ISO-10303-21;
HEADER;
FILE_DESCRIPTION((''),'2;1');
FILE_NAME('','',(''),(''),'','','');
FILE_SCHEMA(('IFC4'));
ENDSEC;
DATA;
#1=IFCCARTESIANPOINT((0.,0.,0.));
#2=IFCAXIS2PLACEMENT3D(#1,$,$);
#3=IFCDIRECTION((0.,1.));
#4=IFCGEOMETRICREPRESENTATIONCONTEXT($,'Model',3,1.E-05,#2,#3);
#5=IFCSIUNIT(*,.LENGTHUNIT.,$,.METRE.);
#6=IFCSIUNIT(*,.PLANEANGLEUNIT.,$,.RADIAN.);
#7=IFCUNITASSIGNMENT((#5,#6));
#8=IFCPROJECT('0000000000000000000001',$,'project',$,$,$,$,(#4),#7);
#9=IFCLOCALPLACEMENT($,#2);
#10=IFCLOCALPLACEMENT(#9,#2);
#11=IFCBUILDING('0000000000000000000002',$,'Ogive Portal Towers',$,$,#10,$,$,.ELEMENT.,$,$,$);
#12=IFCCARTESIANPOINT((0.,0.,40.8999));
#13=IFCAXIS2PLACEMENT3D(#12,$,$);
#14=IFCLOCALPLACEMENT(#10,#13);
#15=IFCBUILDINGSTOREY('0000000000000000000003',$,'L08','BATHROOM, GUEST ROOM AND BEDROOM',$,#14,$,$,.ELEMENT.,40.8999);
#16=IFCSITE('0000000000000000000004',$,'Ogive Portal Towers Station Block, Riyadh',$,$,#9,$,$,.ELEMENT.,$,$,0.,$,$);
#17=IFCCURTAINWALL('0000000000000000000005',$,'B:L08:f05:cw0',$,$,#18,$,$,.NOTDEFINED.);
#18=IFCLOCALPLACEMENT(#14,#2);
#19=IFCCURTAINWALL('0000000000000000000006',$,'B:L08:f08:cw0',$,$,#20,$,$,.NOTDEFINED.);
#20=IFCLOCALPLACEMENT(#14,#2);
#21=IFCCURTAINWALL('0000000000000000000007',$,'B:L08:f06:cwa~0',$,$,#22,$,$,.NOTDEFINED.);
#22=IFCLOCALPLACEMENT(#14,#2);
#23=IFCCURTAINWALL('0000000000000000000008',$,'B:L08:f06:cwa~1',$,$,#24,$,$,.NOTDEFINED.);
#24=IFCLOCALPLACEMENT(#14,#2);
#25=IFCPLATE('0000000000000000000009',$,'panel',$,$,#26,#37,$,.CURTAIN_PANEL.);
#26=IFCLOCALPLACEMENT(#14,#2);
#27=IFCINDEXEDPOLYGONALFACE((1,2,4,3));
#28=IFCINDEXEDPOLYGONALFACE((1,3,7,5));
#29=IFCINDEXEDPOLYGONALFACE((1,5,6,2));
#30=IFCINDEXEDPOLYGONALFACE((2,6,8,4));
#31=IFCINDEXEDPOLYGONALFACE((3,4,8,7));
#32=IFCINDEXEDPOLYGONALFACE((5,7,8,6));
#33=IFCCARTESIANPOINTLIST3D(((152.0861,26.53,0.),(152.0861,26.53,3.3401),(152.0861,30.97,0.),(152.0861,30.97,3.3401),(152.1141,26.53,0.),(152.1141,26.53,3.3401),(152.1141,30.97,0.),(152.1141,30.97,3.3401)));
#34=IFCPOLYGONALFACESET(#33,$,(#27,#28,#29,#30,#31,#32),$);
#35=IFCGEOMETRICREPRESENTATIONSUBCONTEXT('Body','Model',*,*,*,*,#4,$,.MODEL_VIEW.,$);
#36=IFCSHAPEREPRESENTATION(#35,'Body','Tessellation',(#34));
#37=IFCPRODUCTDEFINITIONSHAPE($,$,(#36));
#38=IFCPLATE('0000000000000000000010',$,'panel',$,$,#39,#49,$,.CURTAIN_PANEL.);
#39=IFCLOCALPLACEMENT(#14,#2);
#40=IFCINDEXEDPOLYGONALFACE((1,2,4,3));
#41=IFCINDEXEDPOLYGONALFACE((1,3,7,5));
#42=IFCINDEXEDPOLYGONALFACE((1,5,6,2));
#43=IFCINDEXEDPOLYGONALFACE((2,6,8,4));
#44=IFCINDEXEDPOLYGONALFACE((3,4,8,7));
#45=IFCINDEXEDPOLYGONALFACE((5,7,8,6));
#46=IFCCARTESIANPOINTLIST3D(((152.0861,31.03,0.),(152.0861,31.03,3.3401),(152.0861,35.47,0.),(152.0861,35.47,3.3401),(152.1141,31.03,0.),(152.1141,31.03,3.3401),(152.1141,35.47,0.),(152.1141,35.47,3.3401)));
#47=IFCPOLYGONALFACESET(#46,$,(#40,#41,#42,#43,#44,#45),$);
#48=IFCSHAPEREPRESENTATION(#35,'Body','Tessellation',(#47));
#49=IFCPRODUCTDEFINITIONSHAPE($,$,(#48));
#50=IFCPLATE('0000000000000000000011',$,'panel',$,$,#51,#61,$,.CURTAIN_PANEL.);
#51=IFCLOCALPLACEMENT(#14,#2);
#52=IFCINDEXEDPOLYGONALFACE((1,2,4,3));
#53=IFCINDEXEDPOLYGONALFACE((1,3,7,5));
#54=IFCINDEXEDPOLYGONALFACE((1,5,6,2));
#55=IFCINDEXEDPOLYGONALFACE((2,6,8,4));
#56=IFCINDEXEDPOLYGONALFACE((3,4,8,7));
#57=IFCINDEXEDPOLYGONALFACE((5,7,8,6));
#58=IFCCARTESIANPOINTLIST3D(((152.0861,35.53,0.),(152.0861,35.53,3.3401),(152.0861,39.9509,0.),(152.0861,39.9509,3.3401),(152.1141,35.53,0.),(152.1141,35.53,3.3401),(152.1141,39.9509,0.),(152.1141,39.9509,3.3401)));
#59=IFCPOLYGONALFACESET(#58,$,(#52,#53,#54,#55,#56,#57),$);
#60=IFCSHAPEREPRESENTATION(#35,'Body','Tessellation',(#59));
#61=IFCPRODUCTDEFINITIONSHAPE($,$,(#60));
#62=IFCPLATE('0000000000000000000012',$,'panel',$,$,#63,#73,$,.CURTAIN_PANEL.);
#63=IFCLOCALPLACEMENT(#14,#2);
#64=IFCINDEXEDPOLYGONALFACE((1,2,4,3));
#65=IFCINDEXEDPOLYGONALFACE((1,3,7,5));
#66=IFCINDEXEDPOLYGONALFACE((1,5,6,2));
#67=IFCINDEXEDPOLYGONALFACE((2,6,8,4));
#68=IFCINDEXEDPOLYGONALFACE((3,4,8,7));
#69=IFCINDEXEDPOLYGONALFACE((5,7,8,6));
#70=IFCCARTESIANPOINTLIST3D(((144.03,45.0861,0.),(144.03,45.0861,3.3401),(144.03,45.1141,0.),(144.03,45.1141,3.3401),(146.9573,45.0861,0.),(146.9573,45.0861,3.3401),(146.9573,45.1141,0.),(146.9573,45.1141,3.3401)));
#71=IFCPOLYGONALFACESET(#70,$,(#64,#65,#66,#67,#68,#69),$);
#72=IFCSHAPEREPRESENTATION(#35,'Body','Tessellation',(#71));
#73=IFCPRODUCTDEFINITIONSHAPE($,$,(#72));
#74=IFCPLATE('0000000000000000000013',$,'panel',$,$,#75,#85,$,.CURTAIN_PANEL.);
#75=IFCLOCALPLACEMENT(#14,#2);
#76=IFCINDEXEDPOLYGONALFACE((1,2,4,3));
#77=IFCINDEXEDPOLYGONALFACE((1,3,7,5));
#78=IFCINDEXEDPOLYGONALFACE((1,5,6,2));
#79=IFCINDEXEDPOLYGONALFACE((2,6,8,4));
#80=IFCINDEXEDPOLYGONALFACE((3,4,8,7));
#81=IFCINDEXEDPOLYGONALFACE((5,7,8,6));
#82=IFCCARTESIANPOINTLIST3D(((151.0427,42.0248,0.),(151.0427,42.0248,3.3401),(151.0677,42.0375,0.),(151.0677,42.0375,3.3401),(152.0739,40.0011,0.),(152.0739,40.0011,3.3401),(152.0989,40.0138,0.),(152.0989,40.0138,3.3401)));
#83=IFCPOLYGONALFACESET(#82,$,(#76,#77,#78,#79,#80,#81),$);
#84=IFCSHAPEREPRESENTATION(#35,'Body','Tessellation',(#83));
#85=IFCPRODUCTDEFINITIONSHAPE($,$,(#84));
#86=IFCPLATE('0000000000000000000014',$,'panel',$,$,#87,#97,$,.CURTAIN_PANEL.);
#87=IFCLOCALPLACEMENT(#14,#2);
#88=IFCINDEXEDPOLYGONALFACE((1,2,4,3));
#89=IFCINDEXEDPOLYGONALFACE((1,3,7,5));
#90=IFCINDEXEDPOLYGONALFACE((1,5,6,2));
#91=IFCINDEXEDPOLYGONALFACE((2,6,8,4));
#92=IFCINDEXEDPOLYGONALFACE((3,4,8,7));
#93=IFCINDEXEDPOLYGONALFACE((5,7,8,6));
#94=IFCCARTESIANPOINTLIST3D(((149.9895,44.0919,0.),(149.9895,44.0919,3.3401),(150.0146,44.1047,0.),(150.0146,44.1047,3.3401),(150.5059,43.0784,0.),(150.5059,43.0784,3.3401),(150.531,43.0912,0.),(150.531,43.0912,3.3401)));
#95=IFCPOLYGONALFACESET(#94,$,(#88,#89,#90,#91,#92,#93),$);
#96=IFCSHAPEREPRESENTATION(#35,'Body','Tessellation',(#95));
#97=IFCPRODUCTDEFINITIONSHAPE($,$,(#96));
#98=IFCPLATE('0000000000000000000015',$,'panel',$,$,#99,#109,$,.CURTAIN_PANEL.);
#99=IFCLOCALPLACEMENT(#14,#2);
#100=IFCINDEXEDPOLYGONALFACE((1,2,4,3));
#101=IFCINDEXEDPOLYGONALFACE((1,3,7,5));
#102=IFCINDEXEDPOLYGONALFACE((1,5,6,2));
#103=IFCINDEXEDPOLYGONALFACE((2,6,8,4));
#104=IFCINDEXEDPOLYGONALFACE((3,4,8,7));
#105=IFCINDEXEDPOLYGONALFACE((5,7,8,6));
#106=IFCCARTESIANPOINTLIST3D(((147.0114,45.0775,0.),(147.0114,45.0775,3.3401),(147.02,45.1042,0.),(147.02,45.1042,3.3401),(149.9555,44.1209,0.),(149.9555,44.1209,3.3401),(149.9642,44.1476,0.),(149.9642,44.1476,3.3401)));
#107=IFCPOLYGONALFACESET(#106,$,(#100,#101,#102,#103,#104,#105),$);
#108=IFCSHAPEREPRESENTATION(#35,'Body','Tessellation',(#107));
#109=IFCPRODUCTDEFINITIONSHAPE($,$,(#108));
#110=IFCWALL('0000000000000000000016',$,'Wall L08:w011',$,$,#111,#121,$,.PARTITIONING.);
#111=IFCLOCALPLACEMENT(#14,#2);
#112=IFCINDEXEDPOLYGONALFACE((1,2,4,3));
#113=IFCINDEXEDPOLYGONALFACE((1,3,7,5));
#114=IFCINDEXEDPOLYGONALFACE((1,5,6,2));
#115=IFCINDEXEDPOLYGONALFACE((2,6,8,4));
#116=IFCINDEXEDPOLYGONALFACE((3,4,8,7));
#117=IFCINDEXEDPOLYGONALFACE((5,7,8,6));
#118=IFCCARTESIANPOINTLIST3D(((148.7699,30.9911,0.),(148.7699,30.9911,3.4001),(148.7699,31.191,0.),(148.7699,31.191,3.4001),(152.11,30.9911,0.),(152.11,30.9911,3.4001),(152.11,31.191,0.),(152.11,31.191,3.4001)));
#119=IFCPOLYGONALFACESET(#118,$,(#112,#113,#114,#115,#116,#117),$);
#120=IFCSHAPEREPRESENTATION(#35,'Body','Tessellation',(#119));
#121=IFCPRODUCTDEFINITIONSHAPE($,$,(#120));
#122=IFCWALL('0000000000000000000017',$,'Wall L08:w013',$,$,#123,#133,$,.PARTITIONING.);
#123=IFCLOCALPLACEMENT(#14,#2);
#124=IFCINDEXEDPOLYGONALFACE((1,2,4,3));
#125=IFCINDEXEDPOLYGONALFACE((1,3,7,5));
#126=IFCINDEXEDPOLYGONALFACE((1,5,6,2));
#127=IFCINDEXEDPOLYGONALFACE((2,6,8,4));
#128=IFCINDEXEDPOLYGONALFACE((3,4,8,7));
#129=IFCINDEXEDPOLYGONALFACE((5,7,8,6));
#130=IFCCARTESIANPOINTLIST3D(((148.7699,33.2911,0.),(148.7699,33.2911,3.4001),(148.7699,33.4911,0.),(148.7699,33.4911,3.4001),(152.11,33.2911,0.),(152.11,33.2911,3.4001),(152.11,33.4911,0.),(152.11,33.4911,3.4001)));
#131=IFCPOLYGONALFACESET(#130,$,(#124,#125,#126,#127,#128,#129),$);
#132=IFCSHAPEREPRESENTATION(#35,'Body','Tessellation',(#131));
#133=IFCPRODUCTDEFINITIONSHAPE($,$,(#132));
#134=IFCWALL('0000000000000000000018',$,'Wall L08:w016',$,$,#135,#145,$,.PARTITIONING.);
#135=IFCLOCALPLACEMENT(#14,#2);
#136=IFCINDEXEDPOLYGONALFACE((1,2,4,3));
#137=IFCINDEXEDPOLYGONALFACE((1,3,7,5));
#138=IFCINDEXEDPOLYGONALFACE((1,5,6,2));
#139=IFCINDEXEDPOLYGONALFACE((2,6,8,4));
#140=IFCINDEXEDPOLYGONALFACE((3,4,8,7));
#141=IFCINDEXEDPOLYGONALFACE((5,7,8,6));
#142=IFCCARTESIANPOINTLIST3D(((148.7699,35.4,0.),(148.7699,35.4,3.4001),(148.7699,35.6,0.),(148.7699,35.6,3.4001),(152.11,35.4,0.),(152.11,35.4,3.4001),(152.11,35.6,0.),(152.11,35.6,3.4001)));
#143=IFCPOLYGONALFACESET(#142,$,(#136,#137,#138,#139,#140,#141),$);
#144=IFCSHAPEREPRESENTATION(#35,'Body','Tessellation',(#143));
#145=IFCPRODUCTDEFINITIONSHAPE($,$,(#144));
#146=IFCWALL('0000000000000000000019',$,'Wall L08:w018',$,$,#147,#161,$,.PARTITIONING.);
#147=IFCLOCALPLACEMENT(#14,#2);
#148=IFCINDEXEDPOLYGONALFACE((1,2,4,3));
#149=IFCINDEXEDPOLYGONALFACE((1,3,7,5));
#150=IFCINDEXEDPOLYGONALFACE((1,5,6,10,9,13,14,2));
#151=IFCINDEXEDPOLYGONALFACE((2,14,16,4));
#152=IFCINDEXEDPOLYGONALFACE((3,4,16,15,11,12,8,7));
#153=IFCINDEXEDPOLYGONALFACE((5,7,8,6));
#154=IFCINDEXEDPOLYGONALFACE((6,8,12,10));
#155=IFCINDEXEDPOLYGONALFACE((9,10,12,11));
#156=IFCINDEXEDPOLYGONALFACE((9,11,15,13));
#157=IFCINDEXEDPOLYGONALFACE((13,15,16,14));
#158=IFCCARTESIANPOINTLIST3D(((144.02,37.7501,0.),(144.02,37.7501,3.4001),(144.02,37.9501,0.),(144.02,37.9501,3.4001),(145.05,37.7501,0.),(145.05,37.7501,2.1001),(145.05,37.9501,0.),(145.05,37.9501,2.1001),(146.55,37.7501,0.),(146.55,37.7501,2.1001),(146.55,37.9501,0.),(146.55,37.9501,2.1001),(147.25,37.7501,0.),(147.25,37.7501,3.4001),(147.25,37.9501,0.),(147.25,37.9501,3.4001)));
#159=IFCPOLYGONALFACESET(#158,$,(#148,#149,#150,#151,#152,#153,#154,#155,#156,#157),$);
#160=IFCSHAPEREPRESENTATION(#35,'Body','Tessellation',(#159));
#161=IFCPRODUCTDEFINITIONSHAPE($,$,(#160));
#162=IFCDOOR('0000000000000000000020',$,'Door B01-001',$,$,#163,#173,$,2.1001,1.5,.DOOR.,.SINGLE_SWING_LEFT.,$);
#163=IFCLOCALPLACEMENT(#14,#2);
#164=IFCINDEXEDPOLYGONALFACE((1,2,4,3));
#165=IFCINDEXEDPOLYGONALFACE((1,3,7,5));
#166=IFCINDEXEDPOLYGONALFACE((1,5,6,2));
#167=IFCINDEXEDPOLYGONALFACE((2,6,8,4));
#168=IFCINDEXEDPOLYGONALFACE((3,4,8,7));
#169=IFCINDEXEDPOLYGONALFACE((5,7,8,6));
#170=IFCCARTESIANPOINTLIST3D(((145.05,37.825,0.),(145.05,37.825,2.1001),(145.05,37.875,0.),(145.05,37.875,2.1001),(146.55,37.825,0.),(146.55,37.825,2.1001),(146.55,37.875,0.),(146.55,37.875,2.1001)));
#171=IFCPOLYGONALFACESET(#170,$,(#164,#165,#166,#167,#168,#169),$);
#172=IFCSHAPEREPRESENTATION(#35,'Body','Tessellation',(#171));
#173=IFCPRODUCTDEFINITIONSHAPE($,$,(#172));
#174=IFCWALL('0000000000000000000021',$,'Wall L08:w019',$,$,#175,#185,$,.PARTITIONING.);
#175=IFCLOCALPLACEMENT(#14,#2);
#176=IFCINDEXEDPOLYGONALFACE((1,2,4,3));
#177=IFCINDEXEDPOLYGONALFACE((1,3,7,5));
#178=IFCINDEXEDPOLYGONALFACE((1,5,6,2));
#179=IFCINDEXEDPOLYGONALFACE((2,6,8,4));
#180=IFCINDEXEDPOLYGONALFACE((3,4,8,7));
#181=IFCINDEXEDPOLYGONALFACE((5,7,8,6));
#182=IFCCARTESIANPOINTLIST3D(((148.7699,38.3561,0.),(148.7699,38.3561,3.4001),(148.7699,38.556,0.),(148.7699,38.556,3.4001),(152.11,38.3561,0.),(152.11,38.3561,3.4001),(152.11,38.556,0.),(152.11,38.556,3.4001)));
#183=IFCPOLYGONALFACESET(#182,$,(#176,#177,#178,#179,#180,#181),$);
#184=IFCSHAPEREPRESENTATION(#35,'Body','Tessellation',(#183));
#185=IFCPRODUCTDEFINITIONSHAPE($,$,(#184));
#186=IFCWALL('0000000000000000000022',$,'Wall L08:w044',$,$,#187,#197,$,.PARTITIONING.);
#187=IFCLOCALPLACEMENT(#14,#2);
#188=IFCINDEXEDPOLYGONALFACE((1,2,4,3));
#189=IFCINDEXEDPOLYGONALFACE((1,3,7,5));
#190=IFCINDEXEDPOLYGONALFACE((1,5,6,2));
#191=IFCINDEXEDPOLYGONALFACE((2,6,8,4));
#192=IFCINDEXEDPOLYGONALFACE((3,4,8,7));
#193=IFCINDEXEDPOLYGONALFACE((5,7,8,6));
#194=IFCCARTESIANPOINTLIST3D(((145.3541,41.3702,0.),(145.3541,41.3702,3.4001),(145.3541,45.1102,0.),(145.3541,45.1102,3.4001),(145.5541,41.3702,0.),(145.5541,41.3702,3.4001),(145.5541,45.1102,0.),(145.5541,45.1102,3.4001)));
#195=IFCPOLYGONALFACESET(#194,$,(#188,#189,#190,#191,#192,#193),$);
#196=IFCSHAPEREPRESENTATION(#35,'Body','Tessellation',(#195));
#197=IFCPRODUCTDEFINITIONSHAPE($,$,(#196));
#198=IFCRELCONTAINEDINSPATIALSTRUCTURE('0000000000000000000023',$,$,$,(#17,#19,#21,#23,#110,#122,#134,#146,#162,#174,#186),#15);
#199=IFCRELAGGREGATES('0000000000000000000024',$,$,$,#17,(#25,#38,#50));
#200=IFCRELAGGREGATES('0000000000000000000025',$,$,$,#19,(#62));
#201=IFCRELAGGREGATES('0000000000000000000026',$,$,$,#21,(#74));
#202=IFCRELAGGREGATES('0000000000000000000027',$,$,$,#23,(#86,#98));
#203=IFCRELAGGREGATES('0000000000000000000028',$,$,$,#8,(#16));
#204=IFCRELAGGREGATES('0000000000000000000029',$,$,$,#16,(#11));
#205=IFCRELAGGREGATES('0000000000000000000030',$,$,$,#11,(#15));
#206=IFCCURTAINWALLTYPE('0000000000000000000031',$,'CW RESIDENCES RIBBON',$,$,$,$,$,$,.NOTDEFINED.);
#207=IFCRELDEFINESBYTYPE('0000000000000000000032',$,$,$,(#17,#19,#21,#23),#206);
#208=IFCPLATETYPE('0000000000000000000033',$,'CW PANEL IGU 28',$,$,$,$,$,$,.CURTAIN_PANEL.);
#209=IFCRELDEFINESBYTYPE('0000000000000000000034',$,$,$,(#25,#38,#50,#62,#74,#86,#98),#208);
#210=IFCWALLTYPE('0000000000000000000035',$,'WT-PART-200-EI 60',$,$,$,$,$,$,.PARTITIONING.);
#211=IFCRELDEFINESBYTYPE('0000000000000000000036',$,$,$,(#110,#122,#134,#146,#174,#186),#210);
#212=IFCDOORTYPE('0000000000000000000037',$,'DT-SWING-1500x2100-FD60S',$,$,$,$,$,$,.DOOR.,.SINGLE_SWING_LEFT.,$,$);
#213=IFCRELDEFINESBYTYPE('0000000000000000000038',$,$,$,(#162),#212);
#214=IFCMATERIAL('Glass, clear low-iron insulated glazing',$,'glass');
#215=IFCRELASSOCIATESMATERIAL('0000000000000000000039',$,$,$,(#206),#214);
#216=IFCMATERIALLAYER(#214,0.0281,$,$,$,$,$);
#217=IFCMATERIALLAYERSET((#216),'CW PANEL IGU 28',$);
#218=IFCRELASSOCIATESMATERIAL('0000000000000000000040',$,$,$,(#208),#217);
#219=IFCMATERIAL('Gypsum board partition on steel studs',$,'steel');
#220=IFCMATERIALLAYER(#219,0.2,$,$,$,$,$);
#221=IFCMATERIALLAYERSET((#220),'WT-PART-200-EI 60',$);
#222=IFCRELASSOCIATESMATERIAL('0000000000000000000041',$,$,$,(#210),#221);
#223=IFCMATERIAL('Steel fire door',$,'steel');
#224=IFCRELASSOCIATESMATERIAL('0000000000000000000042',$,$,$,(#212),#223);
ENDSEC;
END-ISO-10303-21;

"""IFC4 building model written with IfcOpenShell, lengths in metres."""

from ifc_helpers import new_model, si_unit, direction, frame, frame_2d, origin, origin_2d, place, context, subcontext, project, spatial, rectangle, extrude, material, layer, layer_set, type_object, element, fill, aggregate, save


model = new_model("IFC4")

# Units and contexts
model_context = context("Model", 3, precision=1e-05, world=origin(), true_north=direction((0.0, 1.0)))
body_context = subcontext(model_context, "Body", "Model", "MODEL_VIEW")
ifc_project = project(units=[si_unit("LENGTHUNIT", "METRE"), si_unit("PLANEANGLEUNIT", "RADIAN")], contexts=[model_context])

# Site, building, storey
site_placement = place(None, origin())
site = spatial("IfcSite", under=ifc_project, at=site_placement, Name="Ogive Portal Towers Station Block, Riyadh", CompositionType="ELEMENT", RefElevation=0.0)
building_placement = place(site_placement, origin())
building = spatial("IfcBuilding", under=site, at=building_placement, Name="Ogive Portal Towers", CompositionType="ELEMENT")
storey_placement = place(building_placement, frame((0.0, 0.0, 40.8999)))
storey = spatial("IfcBuildingStorey", under=building, at=storey_placement, Name="L08", Description="BATHROOM, GUEST ROOM AND BEDROOM", CompositionType="ELEMENT", Elevation=40.8999)

# Curtain walls
ifc_material_1 = material(Name="Glass, clear low-iron insulated glazing", Category="glass")
curtain_wall_type = type_object("IfcCurtainWallType", Name="CW RESIDENCES RIBBON", PredefinedType="NOTDEFINED", material=ifc_material_1)
curtain_wall_1_placement = place(storey_placement, origin())
curtain_wall_1 = element("IfcCurtainWall", 1, at=curtain_wall_1_placement, inside=storey, type_object=curtain_wall_type, Name="B:L08:f05:cw0", PredefinedType="NOTDEFINED")
curtain_wall_2_placement = place(storey_placement, origin())
curtain_wall_2 = element("IfcCurtainWall", 2, at=curtain_wall_2_placement, inside=storey, type_object=curtain_wall_type, Name="B:L08:f08:cw0", PredefinedType="NOTDEFINED")

# Curtain wall
curtain_wall_3_placement = place(storey_placement, origin())
curtain_wall_3 = element("IfcCurtainWall", 3, at=curtain_wall_3_placement, inside=storey, type_object=curtain_wall_type, Name="B:L08:f06:cwa~0", PredefinedType="NOTDEFINED")

# Curtain wall
curtain_wall_4_placement = place(storey_placement, origin())
curtain_wall_4 = element("IfcCurtainWall", 4, at=curtain_wall_4_placement, inside=storey, type_object=curtain_wall_type, Name="B:L08:f06:cwa~1", PredefinedType="NOTDEFINED")

# Plates
ifc_layer_1 = layer(ifc_material_1, 0.0281)
ifc_layer_set_1 = layer_set([ifc_layer_1], Name="CW PANEL IGU 28")
plate_type = type_object("IfcPlateType", Name="CW PANEL IGU 28", PredefinedType="CURTAIN_PANEL", material=ifc_layer_set_1)
plate_1_placement = place(storey_placement, frame((152.1001, 28.75, 0.0), z_axis=(0.0, 0.0, 1.0), x_axis=(0.0, 1.0, 0.0)))
plate_1 = element("IfcPlate", 5, at=plate_1_placement, type_object=plate_type, Name="panel", PredefinedType="CURTAIN_PANEL", context=body_context, shape_type="SweptSolid", body=[
    extrude(rectangle(XDim=4.4399, YDim=0.0281, at=origin_2d()), origin(), (0.0, 0.0, 1.0), 3.3401),
])
plate_2_placement = place(storey_placement, frame((152.1001, 33.25, 0.0), z_axis=(0.0, 0.0, 1.0), x_axis=(0.0, 1.0, 0.0)))
plate_2 = element("IfcPlate", 6, at=plate_2_placement, type_object=plate_type, Name="panel", PredefinedType="CURTAIN_PANEL", context=body_context, shape_type="SweptSolid", body=[
    extrude(rectangle(XDim=4.4399, YDim=0.0281, at=origin_2d()), origin(), (0.0, 0.0, 1.0), 3.3401),
])
plate_3_placement = place(storey_placement, frame((152.1001, 37.7405, 0.0), z_axis=(0.0, 0.0, 1.0), x_axis=(0.0, 1.0, 0.0)))
plate_3 = element("IfcPlate", 7, at=plate_3_placement, type_object=plate_type, Name="panel", PredefinedType="CURTAIN_PANEL", context=body_context, shape_type="SweptSolid", body=[
    extrude(rectangle(XDim=4.4209, YDim=0.0281, at=origin_2d()), origin(), (0.0, 0.0, 1.0), 3.3401),
])
aggregate(curtain_wall_1, [plate_1, plate_2, plate_3])
plate_4_placement = place(storey_placement, frame((145.4937, 45.1001, 0.0), z_axis=(0.0, 0.0, 1.0), x_axis=(-1.0, 0.0, 0.0)))
plate_4 = element("IfcPlate", 8, at=plate_4_placement, type_object=plate_type, Name="panel", PredefinedType="CURTAIN_PANEL", context=body_context, shape_type="SweptSolid", body=[
    extrude(rectangle(XDim=2.9272, YDim=0.0281, at=origin_2d()), origin(), (0.0, 0.0, 1.0), 3.3401),
])
aggregate(curtain_wall_2, [plate_4])
plate_5_placement = place(storey_placement, frame((151.5708, 41.0193, 0.0), z_axis=(0.0, 0.0, 1.0), x_axis=(-0.45399, 0.891007, 0.0)))
plate_5 = element("IfcPlate", 9, at=plate_5_placement, type_object=plate_type, Name="panel", PredefinedType="CURTAIN_PANEL", context=body_context, shape_type="SweptSolid", body=[
    extrude(rectangle(XDim=2.2712, YDim=0.0281, at=origin_2d()), origin(), (0.0, 0.0, 1.0), 3.3401),
])
aggregate(curtain_wall_3, [plate_5])
plate_6_placement = place(storey_placement, frame((150.2603, 43.5916, 0.0), z_axis=(0.0, 0.0, 1.0), x_axis=(-0.45399, 0.891007, 0.0)))
plate_6 = element("IfcPlate", 10, at=plate_6_placement, type_object=plate_type, Name="panel", PredefinedType="CURTAIN_PANEL", context=body_context, shape_type="SweptSolid", body=[
    extrude(rectangle(XDim=1.1375, YDim=0.0281, at=origin_2d()), origin(), (0.0, 0.0, 1.0), 3.3401),
])
plate_7_placement = place(storey_placement, frame((148.4878, 44.6125, 0.0), z_axis=(0.0, 0.0, 1.0), x_axis=(-0.951057, 0.309017, 0.0)))
plate_7 = element("IfcPlate", 11, at=plate_7_placement, type_object=plate_type, Name="panel", PredefinedType="CURTAIN_PANEL", context=body_context, shape_type="SweptSolid", body=[
    extrude(rectangle(XDim=3.0957, YDim=0.0281, at=origin_2d()), origin(), (0.0, 0.0, 1.0), 3.3401),
])
aggregate(curtain_wall_4, [plate_6, plate_7])

# Walls
ifc_material_2 = material(Name="Gypsum board partition on steel studs", Category="steel")
ifc_layer_2 = layer(ifc_material_2, 0.2)
ifc_layer_set_2 = layer_set([ifc_layer_2], Name="WT-PART-200-EI 60")
wall_type_1 = type_object("IfcWallType", Name="WT-PART-200-EI 60", PredefinedType="PARTITIONING", material=ifc_layer_set_2)
for number, where, z_axis, x_axis, name in (
    (12, (148.77, 31.0911, 0.0), (0.0, 0.0, 1.0), (1.0, 0.0, 0.0), "Wall L08:w011"),
    (13, (148.77, 33.3911, 0.0), (0.0, 0.0, 1.0), (1.0, 0.0, 0.0), "Wall L08:w013"),
    (14, (148.77, 35.5, 0.0), (0.0, 0.0, 1.0), (1.0, 0.0, 0.0), "Wall L08:w016"),
):
    element("IfcWall", number, at=place(storey_placement, frame(where, z_axis=z_axis, x_axis=x_axis)), inside=storey, type_object=wall_type_1, Name=name, PredefinedType="PARTITIONING", context=body_context, shape_type="SweptSolid", body=[
        extrude(rectangle(XDim=3.3401, YDim=0.2, at=frame_2d((1.6699, 0.0))), origin(), (0.0, 0.0, 1.0), 3.4001),
    ])

# Wall, opening, door
wall_1_placement = place(storey_placement, frame((144.02, 37.8501, 0.0), z_axis=(0.0, 0.0, 1.0), x_axis=(1.0, 0.0, 0.0)))
wall_1 = element("IfcWall", 15, at=wall_1_placement, inside=storey, type_object=wall_type_1, Name="Wall L08:w018", PredefinedType="PARTITIONING", context=body_context, shape_type="SweptSolid", body=[
    extrude(rectangle(XDim=3.23, YDim=0.2, at=frame_2d((1.615, 0.0))), origin(), (0.0, 0.0, 1.0), 3.4001),
])
opening_placement = place(wall_1_placement, frame((1.03, 0.0, 0.0)))
opening = element("IfcOpeningElement", 16, at=opening_placement, cuts=wall_1, PredefinedType="OPENING", context=body_context, shape_type="SweptSolid", body=[
    extrude(rectangle(XDim=1.5, YDim=2.1001, at=frame_2d((0.75, 1.05))), frame((0.0, 0.1099, 0.0), z_axis=(0.0, -1.0, 0.0), x_axis=(1.0, 0.0, 0.0)), (0.0, 0.0, 1.0), 0.22),
])
ifc_material_3 = material(Name="Steel fire door", Category="steel")
door_type = type_object("IfcDoorType", Name="DT-SWING-1500x2100-FD60S", OperationType="SINGLE_SWING_LEFT", PredefinedType="DOOR", material=ifc_material_3)
door_placement = place(opening_placement, origin())
door = element("IfcDoor", 17, at=door_placement, inside=storey, type_object=door_type, Name="Door B01-001", OperationType="SINGLE_SWING_LEFT", OverallHeight=2.1001, OverallWidth=1.5, PredefinedType="DOOR", context=body_context, shape_type="SweptSolid", body=[
    extrude(rectangle(XDim=1.5, YDim=2.1001, at=frame_2d((0.75, 1.05))), frame((0.0, 0.0249, 0.0), z_axis=(0.0, -1.0, 0.0), x_axis=(1.0, 0.0, 0.0)), (0.0, 0.0, 1.0), 0.05),
])
fill(opening, door)

# Walls
wall_2_placement = place(storey_placement, frame((148.77, 38.4561, 0.0), z_axis=(0.0, 0.0, 1.0), x_axis=(1.0, 0.0, 0.0)))
element("IfcWall", 18, at=wall_2_placement, inside=storey, type_object=wall_type_1, Name="Wall L08:w019", PredefinedType="PARTITIONING", context=body_context, shape_type="SweptSolid", body=[
    extrude(rectangle(XDim=3.3401, YDim=0.2, at=frame_2d((1.6699, 0.0))), origin(), (0.0, 0.0, 1.0), 3.4001),
])
wall_3_placement = place(storey_placement, frame((145.4541, 41.3701, 0.0), z_axis=(0.0, 0.0, 1.0), x_axis=(0.0, 1.0, 0.0)))
element("IfcWall", 19, at=wall_3_placement, inside=storey, type_object=wall_type_1, Name="Wall L08:w044", PredefinedType="PARTITIONING", context=body_context, shape_type="SweptSolid", body=[
    extrude(rectangle(XDim=3.74, YDim=0.2, at=frame_2d((1.8701, 0.0))), origin(), (0.0, 0.0, 1.0), 3.4001),
])

save(model, "model.ifc")
